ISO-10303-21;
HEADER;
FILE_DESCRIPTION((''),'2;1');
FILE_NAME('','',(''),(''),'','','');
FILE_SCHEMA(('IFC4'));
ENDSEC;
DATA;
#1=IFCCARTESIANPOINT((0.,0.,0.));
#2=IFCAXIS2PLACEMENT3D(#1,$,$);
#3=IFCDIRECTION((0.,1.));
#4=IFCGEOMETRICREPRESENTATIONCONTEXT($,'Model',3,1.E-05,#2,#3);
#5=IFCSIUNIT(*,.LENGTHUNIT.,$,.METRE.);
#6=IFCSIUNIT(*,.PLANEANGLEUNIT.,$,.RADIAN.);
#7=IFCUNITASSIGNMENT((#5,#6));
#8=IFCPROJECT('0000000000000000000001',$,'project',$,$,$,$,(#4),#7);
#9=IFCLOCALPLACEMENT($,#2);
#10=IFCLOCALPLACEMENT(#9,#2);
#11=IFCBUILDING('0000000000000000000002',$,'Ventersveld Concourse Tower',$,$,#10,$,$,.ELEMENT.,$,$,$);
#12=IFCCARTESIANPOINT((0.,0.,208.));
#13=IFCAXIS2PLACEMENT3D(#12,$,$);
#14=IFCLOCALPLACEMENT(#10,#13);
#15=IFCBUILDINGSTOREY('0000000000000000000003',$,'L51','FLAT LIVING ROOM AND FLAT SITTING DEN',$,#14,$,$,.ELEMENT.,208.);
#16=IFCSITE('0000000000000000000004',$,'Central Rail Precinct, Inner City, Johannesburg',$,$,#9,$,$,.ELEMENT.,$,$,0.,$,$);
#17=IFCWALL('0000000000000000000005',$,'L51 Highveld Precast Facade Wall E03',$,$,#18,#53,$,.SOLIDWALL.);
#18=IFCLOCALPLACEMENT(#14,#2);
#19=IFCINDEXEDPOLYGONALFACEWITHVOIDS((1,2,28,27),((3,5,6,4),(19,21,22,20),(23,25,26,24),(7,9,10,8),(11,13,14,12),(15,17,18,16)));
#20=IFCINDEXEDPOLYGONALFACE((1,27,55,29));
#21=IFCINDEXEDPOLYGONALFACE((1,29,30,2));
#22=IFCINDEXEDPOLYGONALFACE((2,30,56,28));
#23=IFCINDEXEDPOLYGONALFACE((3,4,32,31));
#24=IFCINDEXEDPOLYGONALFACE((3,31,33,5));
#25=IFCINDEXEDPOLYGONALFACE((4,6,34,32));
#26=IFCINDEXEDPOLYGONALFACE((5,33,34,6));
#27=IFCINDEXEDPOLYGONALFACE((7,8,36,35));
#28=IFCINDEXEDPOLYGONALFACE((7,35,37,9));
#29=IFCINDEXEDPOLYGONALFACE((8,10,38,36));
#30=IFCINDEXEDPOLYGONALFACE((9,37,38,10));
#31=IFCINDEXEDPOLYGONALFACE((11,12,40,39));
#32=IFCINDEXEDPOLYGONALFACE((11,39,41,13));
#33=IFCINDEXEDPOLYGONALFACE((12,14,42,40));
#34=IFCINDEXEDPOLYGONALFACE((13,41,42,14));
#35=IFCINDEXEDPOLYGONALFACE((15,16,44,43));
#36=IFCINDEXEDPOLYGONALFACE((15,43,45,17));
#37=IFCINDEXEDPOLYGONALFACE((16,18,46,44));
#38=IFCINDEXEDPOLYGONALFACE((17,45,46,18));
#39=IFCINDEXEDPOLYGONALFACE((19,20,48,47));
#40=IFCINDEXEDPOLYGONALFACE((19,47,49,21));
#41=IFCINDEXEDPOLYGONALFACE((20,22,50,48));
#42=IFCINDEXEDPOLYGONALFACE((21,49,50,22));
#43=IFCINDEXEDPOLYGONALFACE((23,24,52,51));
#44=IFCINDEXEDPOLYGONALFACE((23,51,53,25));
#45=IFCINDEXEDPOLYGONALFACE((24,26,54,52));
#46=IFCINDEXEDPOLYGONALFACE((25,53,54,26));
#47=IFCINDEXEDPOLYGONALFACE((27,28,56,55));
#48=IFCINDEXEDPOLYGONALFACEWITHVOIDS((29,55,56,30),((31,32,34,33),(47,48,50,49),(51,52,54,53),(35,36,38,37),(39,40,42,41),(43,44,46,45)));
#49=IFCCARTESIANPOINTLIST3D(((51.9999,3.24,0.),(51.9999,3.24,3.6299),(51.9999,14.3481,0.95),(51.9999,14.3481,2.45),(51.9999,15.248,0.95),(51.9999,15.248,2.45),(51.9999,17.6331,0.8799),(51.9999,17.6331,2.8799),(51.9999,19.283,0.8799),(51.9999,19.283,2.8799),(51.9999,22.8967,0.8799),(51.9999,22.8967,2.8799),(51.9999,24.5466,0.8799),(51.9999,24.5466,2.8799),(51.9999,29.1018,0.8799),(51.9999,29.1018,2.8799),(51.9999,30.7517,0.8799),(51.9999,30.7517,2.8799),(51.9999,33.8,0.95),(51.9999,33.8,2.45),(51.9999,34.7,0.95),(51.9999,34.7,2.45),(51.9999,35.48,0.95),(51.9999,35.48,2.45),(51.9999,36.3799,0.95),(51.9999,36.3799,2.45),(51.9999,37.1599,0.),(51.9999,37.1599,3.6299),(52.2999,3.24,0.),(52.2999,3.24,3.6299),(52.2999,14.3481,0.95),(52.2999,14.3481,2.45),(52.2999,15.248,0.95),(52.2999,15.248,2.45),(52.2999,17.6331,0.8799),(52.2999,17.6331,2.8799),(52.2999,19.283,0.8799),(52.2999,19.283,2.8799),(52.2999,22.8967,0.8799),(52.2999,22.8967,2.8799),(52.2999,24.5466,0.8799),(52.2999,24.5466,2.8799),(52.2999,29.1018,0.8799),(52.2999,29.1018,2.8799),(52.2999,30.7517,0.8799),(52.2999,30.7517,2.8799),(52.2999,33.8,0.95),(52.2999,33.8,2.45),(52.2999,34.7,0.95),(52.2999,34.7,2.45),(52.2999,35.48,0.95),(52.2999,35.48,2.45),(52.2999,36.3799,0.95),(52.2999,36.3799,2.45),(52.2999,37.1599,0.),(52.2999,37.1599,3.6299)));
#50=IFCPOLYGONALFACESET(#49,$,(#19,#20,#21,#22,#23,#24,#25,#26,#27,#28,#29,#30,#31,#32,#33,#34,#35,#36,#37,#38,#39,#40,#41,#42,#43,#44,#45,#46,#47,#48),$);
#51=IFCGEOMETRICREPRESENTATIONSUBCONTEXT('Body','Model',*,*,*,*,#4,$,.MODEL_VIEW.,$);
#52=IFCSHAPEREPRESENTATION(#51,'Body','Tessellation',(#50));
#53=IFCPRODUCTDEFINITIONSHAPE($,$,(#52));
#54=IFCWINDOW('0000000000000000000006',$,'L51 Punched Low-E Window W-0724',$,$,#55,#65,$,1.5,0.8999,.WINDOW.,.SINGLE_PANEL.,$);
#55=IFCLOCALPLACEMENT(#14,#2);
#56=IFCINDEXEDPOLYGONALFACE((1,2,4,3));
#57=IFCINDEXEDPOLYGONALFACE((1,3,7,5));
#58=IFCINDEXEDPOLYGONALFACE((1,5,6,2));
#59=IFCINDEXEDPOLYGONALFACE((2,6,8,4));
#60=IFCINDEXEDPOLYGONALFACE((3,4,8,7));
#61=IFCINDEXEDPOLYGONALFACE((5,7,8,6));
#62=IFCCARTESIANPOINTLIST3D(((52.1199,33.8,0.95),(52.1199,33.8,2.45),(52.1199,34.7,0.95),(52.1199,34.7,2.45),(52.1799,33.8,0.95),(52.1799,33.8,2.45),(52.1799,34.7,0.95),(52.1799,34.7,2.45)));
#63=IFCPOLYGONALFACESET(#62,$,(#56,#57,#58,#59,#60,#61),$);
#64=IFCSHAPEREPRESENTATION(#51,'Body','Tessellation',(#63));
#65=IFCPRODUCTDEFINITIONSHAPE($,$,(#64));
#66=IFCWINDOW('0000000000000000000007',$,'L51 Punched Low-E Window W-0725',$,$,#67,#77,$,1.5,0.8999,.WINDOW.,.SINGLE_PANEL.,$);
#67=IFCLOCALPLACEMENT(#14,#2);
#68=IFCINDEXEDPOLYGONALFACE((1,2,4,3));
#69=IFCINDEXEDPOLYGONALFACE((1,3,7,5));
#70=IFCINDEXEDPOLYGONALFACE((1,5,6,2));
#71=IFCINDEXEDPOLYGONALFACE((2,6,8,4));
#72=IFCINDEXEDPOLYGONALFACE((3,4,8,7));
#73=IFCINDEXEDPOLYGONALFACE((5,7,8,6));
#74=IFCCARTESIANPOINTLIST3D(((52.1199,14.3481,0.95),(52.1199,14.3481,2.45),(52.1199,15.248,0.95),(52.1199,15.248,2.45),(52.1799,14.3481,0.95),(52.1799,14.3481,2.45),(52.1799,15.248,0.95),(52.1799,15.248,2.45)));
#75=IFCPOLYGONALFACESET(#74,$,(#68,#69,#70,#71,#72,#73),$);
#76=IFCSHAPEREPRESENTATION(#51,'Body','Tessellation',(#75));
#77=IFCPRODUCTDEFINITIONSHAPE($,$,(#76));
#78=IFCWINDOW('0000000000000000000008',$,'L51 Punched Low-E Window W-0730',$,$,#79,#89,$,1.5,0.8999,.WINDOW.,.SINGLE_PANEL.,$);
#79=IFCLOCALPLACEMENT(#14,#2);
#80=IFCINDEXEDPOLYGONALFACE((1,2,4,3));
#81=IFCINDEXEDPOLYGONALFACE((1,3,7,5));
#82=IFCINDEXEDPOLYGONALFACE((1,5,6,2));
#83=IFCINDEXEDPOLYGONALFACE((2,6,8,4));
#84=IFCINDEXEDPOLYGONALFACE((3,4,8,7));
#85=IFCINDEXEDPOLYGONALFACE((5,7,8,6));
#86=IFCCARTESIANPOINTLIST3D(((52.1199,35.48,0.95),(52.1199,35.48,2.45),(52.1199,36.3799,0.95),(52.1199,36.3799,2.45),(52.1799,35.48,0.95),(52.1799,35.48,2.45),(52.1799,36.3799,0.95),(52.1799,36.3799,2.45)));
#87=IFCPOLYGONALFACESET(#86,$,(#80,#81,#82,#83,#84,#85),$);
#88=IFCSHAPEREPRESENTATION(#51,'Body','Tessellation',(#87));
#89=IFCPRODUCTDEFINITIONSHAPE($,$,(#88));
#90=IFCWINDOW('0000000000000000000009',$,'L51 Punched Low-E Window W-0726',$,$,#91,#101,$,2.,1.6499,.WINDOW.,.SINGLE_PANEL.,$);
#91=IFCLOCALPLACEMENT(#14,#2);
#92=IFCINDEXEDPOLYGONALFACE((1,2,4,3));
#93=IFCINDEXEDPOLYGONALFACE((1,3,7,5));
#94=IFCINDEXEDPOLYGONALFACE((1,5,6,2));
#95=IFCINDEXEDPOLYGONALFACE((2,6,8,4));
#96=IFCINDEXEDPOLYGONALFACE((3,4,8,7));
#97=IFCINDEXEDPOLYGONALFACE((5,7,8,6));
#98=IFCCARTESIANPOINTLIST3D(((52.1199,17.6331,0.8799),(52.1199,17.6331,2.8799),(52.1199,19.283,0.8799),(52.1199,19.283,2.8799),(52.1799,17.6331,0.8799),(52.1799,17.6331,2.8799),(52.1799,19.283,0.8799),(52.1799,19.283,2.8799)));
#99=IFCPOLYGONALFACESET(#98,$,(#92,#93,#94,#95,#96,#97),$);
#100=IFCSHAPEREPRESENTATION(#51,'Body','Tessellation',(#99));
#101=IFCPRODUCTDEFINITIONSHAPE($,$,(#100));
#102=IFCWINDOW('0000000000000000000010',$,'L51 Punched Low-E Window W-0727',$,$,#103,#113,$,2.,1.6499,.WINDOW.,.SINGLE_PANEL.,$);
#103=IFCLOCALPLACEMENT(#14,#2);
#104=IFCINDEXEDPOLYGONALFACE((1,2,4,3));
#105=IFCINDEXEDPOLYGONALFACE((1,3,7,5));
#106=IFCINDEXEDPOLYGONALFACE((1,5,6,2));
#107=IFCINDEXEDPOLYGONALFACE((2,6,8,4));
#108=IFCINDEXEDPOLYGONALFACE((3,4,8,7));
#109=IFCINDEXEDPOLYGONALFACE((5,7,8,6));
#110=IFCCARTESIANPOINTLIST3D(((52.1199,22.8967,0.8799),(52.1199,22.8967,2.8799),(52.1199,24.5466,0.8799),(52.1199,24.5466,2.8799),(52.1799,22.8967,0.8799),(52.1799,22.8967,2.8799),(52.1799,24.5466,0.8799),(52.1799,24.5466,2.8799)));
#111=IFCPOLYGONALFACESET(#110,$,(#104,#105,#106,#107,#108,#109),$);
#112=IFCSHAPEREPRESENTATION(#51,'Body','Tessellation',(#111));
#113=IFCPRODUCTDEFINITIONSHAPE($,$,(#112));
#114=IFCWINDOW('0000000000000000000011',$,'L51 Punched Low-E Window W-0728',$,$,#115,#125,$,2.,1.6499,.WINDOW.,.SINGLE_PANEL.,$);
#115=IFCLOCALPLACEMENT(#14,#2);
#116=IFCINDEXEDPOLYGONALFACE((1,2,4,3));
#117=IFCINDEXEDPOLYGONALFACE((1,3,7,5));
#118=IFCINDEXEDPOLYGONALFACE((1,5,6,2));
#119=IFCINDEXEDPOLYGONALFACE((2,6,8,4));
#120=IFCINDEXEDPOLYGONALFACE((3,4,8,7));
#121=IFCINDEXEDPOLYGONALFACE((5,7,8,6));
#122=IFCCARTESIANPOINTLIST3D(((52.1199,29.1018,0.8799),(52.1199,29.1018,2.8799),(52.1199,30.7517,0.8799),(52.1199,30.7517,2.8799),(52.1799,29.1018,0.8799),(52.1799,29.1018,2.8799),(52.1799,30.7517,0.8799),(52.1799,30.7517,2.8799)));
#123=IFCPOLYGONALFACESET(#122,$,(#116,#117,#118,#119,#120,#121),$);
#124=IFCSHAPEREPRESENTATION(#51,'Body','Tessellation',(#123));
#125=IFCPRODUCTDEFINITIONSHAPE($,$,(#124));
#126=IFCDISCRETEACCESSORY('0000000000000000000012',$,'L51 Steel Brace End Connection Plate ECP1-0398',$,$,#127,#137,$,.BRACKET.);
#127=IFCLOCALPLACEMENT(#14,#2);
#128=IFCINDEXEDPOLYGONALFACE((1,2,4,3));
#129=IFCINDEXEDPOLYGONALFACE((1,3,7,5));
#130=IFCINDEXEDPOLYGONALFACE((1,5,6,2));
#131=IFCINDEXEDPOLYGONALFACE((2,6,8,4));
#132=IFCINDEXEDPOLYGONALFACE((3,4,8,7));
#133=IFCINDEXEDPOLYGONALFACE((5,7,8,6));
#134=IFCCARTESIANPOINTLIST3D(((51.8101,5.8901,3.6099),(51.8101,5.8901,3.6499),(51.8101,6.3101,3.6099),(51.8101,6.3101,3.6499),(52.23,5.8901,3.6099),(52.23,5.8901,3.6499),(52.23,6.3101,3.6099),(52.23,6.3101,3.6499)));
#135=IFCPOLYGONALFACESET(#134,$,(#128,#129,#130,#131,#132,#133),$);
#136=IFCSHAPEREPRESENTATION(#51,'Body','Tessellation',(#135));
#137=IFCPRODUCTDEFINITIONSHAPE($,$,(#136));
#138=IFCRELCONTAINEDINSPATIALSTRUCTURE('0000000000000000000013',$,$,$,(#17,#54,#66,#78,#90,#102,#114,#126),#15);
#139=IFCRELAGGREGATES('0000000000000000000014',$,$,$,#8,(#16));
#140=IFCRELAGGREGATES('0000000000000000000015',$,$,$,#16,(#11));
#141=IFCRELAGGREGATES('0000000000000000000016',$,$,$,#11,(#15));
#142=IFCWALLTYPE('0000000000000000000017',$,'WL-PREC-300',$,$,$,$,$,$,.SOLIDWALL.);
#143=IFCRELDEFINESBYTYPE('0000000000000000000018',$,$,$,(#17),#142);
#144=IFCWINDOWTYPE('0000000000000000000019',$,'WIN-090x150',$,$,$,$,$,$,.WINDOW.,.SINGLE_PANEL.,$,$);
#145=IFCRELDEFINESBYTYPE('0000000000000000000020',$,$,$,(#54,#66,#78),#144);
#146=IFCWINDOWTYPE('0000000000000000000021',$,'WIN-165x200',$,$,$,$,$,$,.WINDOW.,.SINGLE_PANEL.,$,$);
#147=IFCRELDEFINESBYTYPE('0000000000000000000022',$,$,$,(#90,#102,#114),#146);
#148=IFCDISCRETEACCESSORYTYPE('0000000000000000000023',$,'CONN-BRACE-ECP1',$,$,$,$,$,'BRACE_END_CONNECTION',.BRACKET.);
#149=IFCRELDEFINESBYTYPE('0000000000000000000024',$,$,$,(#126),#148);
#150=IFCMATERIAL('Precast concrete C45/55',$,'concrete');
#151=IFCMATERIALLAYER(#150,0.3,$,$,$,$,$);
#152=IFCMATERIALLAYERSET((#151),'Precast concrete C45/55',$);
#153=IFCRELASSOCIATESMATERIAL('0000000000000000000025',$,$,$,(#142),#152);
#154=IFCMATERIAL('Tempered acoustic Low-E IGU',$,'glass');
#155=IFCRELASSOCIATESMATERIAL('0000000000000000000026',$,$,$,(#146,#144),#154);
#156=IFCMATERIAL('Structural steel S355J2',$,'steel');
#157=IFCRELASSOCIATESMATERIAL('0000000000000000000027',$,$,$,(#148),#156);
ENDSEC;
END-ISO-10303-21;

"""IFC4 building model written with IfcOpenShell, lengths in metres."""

from ifc_helpers import new_model, si_unit, direction, frame, frame_2d, origin, origin_2d, place, context, subcontext, project, spatial, rectangle, extrude, material, layer, layer_set, type_object, element, fill, save


model = new_model("IFC4")

# Units and contexts
model_context = context("Model", 3, precision=1e-05, world=origin(), true_north=direction((0.0, 1.0)))
body_context = subcontext(model_context, "Body", "Model", "MODEL_VIEW")
ifc_project = project(units=[si_unit("LENGTHUNIT", "METRE"), si_unit("PLANEANGLEUNIT", "RADIAN")], contexts=[model_context])

# Site, building, storey
site_placement = place(None, origin())
site = spatial("IfcSite", under=ifc_project, at=site_placement, Name="Central Rail Precinct, Inner City, Johannesburg", CompositionType="ELEMENT", RefElevation=0.0)
building_placement = place(site_placement, origin())
building = spatial("IfcBuilding", under=site, at=building_placement, Name="Ventersveld Concourse Tower", CompositionType="ELEMENT")
storey_placement = place(building_placement, frame((0.0, 0.0, 208.0)))
storey = spatial("IfcBuildingStorey", under=building, at=storey_placement, Name="L51", Description="FLAT LIVING ROOM AND FLAT SITTING DEN", CompositionType="ELEMENT", Elevation=208.0)

# Shared definitions
ifc_material_1 = material(Name="Structural steel S355J2", Category="steel")

# Shared definitions
ifc_material_2 = material(Name="Precast concrete C45/55", Category="concrete")
ifc_layer_1 = layer(ifc_material_2, 0.3)
ifc_layer_set_1 = layer_set([ifc_layer_1], Name="Precast concrete C45/55")
wall_type_1 = type_object("IfcWallType", Name="WL-PREC-300", PredefinedType="SOLIDWALL", material=ifc_layer_set_1)
ifc_material_3 = material(Name="Tempered acoustic Low-E IGU", Category="glass")
window_type_1 = type_object("IfcWindowType", Name="WIN-165x200", PartitioningType="SINGLE_PANEL", PredefinedType="WINDOW", material=ifc_material_3)

# Wall, openings, windows
wall_1_placement = place(storey_placement, frame((52.1499, 3.24, 0.0), z_axis=(0.0, 0.0, 1.0), x_axis=(0.0, 1.0, 0.0)))
wall_1 = element("IfcWall", 1, at=wall_1_placement, inside=storey, type_object=wall_type_1, Name="L51 Highveld Precast Facade Wall E03", PredefinedType="SOLIDWALL", context=body_context, shape_type="SweptSolid", body=[
    extrude(rectangle(XDim=33.9199, YDim=0.3, at=frame_2d((16.96, 0.0))), origin(), (0.0, 0.0, 1.0), 3.6299),
])
opening_1_placement = place(wall_1_placement, frame((30.5601, 0.0, 0.95)))
opening_1 = element("IfcOpeningElement", 2, at=opening_1_placement, cuts=wall_1, PredefinedType="OPENING", context=body_context, shape_type="SweptSolid", body=[
    extrude(rectangle(XDim=0.8999, YDim=1.5, at=frame_2d((0.45, 0.75))), frame((0.0, 0.1602, 0.0), z_axis=(0.0, -1.0, 0.0), x_axis=(1.0, 0.0, 0.0)), (0.0, 0.0, 1.0), 0.3201),
])
opening_2_placement = place(wall_1_placement, frame((11.1082, 0.0, 0.95)))
opening_2 = element("IfcOpeningElement", 3, at=opening_2_placement, cuts=wall_1, PredefinedType="OPENING", context=body_context, shape_type="SweptSolid", body=[
    extrude(rectangle(XDim=0.8999, YDim=1.5, at=frame_2d((0.45, 0.75))), frame((0.0, 0.1602, 0.0), z_axis=(0.0, -1.0, 0.0), x_axis=(1.0, 0.0, 0.0)), (0.0, 0.0, 1.0), 0.3201),
])
opening_3_placement = place(wall_1_placement, frame((14.3931, 0.0, 0.8799)))
opening_3 = element("IfcOpeningElement", 4, at=opening_3_placement, cuts=wall_1, PredefinedType="OPENING", context=body_context, shape_type="SweptSolid", body=[
    extrude(rectangle(XDim=1.6499, YDim=2.0, at=frame_2d((0.825, 1.0))), frame((0.0, 0.1602, 0.0), z_axis=(0.0, -1.0, 0.0), x_axis=(1.0, 0.0, 0.0)), (0.0, 0.0, 1.0), 0.3201),
])
opening_4_placement = place(wall_1_placement, frame((19.6567, 0.0, 0.8799)))
opening_4 = element("IfcOpeningElement", 5, at=opening_4_placement, cuts=wall_1, PredefinedType="OPENING", context=body_context, shape_type="SweptSolid", body=[
    extrude(rectangle(XDim=1.6499, YDim=2.0, at=frame_2d((0.825, 1.0))), frame((0.0, 0.1602, 0.0), z_axis=(0.0, -1.0, 0.0), x_axis=(1.0, 0.0, 0.0)), (0.0, 0.0, 1.0), 0.3201),
])
opening_5_placement = place(wall_1_placement, frame((25.8618, 0.0, 0.8799)))
opening_5 = element("IfcOpeningElement", 6, at=opening_5_placement, cuts=wall_1, PredefinedType="OPENING", context=body_context, shape_type="SweptSolid", body=[
    extrude(rectangle(XDim=1.6499, YDim=2.0, at=frame_2d((0.825, 1.0))), frame((0.0, 0.1602, 0.0), z_axis=(0.0, -1.0, 0.0), x_axis=(1.0, 0.0, 0.0)), (0.0, 0.0, 1.0), 0.3201),
])
opening_6_placement = place(wall_1_placement, frame((32.24, 0.0, 0.95)))
opening_6 = element("IfcOpeningElement", 7, at=opening_6_placement, cuts=wall_1, PredefinedType="OPENING", context=body_context, shape_type="SweptSolid", body=[
    extrude(rectangle(XDim=0.8999, YDim=1.5, at=frame_2d((0.45, 0.75))), frame((0.0, 0.1602, 0.0), z_axis=(0.0, -1.0, 0.0), x_axis=(1.0, 0.0, 0.0)), (0.0, 0.0, 1.0), 0.3201),
])
window_type_2 = type_object("IfcWindowType", Name="WIN-090x150", PartitioningType="SINGLE_PANEL", PredefinedType="WINDOW", material=ifc_material_3)
window_1_placement = place(opening_1_placement, origin())
window_1 = element("IfcWindow", 8, at=window_1_placement, inside=storey, type_object=window_type_2, Name="L51 Punched Low-E Window W-0724", OverallHeight=1.5, OverallWidth=0.8999, PartitioningType="SINGLE_PANEL", PredefinedType="WINDOW", context=body_context, shape_type="SweptSolid", body=[
    extrude(rectangle(XDim=0.8999, YDim=1.5, at=frame_2d((0.45, 0.75))), frame((0.0, 0.03, 0.0), z_axis=(0.0, -1.0, 0.0), x_axis=(1.0, 0.0, 0.0)), (0.0, 0.0, 1.0), 0.0601),
])
fill(opening_1, window_1)
window_2_placement = place(opening_2_placement, origin())
window_2 = element("IfcWindow", 9, at=window_2_placement, inside=storey, type_object=window_type_2, Name="L51 Punched Low-E Window W-0725", OverallHeight=1.5, OverallWidth=0.8999, PartitioningType="SINGLE_PANEL", PredefinedType="WINDOW", context=body_context, shape_type="SweptSolid", body=[
    extrude(rectangle(XDim=0.8999, YDim=1.5, at=frame_2d((0.45, 0.75))), frame((0.0, 0.03, 0.0), z_axis=(0.0, -1.0, 0.0), x_axis=(1.0, 0.0, 0.0)), (0.0, 0.0, 1.0), 0.0601),
])
fill(opening_2, window_2)
window_3_placement = place(opening_6_placement, origin())
window_3 = element("IfcWindow", 10, at=window_3_placement, inside=storey, type_object=window_type_2, Name="L51 Punched Low-E Window W-0730", OverallHeight=1.5, OverallWidth=0.8999, PartitioningType="SINGLE_PANEL", PredefinedType="WINDOW", context=body_context, shape_type="SweptSolid", body=[
    extrude(rectangle(XDim=0.8999, YDim=1.5, at=frame_2d((0.45, 0.75))), frame((0.0, 0.03, 0.0), z_axis=(0.0, -1.0, 0.0), x_axis=(1.0, 0.0, 0.0)), (0.0, 0.0, 1.0), 0.0601),
])
fill(opening_6, window_3)
window_4_placement = place(opening_3_placement, origin())
window_4 = element("IfcWindow", 11, at=window_4_placement, inside=storey, type_object=window_type_1, Name="L51 Punched Low-E Window W-0726", OverallHeight=2.0, OverallWidth=1.6499, PartitioningType="SINGLE_PANEL", PredefinedType="WINDOW", context=body_context, shape_type="SweptSolid", body=[
    extrude(rectangle(XDim=1.6499, YDim=2.0, at=frame_2d((0.825, 1.0))), frame((0.0, 0.03, 0.0), z_axis=(0.0, -1.0, 0.0), x_axis=(1.0, 0.0, 0.0)), (0.0, 0.0, 1.0), 0.0601),
])
fill(opening_3, window_4)
window_5_placement = place(opening_4_placement, origin())
window_5 = element("IfcWindow", 12, at=window_5_placement, inside=storey, type_object=window_type_1, Name="L51 Punched Low-E Window W-0727", OverallHeight=2.0, OverallWidth=1.6499, PartitioningType="SINGLE_PANEL", PredefinedType="WINDOW", context=body_context, shape_type="SweptSolid", body=[
    extrude(rectangle(XDim=1.6499, YDim=2.0, at=frame_2d((0.825, 1.0))), frame((0.0, 0.03, 0.0), z_axis=(0.0, -1.0, 0.0), x_axis=(1.0, 0.0, 0.0)), (0.0, 0.0, 1.0), 0.0601),
])
fill(opening_4, window_5)
window_6_placement = place(opening_5_placement, origin())
window_6 = element("IfcWindow", 13, at=window_6_placement, inside=storey, type_object=window_type_1, Name="L51 Punched Low-E Window W-0728", OverallHeight=2.0, OverallWidth=1.6499, PartitioningType="SINGLE_PANEL", PredefinedType="WINDOW", context=body_context, shape_type="SweptSolid", body=[
    extrude(rectangle(XDim=1.6499, YDim=2.0, at=frame_2d((0.825, 1.0))), frame((0.0, 0.03, 0.0), z_axis=(0.0, -1.0, 0.0), x_axis=(1.0, 0.0, 0.0)), (0.0, 0.0, 1.0), 0.0601),
])
fill(opening_5, window_6)

# Discrete accessory
discrete_accessory_type = type_object("IfcDiscreteAccessoryType", Name="CONN-BRACE-ECP1", ElementType="BRACE_END_CONNECTION", PredefinedType="BRACKET", material=ifc_material_1)
discrete_accessory_placement = place(storey_placement, frame((52.02, 6.1001, 3.6099), z_axis=(0.0, 0.0, 1.0), x_axis=(1.0, 0.0, 0.0)))
element("IfcDiscreteAccessory", 14, at=discrete_accessory_placement, inside=storey, type_object=discrete_accessory_type, Name="L51 Steel Brace End Connection Plate ECP1-0398", PredefinedType="BRACKET", context=body_context, shape_type="SweptSolid", body=[
    extrude(rectangle(XDim=0.4199, YDim=0.4199, at=origin_2d()), origin(), (0.0, 0.0, 1.0), 0.04),
])

save(model, "model.ifc")
